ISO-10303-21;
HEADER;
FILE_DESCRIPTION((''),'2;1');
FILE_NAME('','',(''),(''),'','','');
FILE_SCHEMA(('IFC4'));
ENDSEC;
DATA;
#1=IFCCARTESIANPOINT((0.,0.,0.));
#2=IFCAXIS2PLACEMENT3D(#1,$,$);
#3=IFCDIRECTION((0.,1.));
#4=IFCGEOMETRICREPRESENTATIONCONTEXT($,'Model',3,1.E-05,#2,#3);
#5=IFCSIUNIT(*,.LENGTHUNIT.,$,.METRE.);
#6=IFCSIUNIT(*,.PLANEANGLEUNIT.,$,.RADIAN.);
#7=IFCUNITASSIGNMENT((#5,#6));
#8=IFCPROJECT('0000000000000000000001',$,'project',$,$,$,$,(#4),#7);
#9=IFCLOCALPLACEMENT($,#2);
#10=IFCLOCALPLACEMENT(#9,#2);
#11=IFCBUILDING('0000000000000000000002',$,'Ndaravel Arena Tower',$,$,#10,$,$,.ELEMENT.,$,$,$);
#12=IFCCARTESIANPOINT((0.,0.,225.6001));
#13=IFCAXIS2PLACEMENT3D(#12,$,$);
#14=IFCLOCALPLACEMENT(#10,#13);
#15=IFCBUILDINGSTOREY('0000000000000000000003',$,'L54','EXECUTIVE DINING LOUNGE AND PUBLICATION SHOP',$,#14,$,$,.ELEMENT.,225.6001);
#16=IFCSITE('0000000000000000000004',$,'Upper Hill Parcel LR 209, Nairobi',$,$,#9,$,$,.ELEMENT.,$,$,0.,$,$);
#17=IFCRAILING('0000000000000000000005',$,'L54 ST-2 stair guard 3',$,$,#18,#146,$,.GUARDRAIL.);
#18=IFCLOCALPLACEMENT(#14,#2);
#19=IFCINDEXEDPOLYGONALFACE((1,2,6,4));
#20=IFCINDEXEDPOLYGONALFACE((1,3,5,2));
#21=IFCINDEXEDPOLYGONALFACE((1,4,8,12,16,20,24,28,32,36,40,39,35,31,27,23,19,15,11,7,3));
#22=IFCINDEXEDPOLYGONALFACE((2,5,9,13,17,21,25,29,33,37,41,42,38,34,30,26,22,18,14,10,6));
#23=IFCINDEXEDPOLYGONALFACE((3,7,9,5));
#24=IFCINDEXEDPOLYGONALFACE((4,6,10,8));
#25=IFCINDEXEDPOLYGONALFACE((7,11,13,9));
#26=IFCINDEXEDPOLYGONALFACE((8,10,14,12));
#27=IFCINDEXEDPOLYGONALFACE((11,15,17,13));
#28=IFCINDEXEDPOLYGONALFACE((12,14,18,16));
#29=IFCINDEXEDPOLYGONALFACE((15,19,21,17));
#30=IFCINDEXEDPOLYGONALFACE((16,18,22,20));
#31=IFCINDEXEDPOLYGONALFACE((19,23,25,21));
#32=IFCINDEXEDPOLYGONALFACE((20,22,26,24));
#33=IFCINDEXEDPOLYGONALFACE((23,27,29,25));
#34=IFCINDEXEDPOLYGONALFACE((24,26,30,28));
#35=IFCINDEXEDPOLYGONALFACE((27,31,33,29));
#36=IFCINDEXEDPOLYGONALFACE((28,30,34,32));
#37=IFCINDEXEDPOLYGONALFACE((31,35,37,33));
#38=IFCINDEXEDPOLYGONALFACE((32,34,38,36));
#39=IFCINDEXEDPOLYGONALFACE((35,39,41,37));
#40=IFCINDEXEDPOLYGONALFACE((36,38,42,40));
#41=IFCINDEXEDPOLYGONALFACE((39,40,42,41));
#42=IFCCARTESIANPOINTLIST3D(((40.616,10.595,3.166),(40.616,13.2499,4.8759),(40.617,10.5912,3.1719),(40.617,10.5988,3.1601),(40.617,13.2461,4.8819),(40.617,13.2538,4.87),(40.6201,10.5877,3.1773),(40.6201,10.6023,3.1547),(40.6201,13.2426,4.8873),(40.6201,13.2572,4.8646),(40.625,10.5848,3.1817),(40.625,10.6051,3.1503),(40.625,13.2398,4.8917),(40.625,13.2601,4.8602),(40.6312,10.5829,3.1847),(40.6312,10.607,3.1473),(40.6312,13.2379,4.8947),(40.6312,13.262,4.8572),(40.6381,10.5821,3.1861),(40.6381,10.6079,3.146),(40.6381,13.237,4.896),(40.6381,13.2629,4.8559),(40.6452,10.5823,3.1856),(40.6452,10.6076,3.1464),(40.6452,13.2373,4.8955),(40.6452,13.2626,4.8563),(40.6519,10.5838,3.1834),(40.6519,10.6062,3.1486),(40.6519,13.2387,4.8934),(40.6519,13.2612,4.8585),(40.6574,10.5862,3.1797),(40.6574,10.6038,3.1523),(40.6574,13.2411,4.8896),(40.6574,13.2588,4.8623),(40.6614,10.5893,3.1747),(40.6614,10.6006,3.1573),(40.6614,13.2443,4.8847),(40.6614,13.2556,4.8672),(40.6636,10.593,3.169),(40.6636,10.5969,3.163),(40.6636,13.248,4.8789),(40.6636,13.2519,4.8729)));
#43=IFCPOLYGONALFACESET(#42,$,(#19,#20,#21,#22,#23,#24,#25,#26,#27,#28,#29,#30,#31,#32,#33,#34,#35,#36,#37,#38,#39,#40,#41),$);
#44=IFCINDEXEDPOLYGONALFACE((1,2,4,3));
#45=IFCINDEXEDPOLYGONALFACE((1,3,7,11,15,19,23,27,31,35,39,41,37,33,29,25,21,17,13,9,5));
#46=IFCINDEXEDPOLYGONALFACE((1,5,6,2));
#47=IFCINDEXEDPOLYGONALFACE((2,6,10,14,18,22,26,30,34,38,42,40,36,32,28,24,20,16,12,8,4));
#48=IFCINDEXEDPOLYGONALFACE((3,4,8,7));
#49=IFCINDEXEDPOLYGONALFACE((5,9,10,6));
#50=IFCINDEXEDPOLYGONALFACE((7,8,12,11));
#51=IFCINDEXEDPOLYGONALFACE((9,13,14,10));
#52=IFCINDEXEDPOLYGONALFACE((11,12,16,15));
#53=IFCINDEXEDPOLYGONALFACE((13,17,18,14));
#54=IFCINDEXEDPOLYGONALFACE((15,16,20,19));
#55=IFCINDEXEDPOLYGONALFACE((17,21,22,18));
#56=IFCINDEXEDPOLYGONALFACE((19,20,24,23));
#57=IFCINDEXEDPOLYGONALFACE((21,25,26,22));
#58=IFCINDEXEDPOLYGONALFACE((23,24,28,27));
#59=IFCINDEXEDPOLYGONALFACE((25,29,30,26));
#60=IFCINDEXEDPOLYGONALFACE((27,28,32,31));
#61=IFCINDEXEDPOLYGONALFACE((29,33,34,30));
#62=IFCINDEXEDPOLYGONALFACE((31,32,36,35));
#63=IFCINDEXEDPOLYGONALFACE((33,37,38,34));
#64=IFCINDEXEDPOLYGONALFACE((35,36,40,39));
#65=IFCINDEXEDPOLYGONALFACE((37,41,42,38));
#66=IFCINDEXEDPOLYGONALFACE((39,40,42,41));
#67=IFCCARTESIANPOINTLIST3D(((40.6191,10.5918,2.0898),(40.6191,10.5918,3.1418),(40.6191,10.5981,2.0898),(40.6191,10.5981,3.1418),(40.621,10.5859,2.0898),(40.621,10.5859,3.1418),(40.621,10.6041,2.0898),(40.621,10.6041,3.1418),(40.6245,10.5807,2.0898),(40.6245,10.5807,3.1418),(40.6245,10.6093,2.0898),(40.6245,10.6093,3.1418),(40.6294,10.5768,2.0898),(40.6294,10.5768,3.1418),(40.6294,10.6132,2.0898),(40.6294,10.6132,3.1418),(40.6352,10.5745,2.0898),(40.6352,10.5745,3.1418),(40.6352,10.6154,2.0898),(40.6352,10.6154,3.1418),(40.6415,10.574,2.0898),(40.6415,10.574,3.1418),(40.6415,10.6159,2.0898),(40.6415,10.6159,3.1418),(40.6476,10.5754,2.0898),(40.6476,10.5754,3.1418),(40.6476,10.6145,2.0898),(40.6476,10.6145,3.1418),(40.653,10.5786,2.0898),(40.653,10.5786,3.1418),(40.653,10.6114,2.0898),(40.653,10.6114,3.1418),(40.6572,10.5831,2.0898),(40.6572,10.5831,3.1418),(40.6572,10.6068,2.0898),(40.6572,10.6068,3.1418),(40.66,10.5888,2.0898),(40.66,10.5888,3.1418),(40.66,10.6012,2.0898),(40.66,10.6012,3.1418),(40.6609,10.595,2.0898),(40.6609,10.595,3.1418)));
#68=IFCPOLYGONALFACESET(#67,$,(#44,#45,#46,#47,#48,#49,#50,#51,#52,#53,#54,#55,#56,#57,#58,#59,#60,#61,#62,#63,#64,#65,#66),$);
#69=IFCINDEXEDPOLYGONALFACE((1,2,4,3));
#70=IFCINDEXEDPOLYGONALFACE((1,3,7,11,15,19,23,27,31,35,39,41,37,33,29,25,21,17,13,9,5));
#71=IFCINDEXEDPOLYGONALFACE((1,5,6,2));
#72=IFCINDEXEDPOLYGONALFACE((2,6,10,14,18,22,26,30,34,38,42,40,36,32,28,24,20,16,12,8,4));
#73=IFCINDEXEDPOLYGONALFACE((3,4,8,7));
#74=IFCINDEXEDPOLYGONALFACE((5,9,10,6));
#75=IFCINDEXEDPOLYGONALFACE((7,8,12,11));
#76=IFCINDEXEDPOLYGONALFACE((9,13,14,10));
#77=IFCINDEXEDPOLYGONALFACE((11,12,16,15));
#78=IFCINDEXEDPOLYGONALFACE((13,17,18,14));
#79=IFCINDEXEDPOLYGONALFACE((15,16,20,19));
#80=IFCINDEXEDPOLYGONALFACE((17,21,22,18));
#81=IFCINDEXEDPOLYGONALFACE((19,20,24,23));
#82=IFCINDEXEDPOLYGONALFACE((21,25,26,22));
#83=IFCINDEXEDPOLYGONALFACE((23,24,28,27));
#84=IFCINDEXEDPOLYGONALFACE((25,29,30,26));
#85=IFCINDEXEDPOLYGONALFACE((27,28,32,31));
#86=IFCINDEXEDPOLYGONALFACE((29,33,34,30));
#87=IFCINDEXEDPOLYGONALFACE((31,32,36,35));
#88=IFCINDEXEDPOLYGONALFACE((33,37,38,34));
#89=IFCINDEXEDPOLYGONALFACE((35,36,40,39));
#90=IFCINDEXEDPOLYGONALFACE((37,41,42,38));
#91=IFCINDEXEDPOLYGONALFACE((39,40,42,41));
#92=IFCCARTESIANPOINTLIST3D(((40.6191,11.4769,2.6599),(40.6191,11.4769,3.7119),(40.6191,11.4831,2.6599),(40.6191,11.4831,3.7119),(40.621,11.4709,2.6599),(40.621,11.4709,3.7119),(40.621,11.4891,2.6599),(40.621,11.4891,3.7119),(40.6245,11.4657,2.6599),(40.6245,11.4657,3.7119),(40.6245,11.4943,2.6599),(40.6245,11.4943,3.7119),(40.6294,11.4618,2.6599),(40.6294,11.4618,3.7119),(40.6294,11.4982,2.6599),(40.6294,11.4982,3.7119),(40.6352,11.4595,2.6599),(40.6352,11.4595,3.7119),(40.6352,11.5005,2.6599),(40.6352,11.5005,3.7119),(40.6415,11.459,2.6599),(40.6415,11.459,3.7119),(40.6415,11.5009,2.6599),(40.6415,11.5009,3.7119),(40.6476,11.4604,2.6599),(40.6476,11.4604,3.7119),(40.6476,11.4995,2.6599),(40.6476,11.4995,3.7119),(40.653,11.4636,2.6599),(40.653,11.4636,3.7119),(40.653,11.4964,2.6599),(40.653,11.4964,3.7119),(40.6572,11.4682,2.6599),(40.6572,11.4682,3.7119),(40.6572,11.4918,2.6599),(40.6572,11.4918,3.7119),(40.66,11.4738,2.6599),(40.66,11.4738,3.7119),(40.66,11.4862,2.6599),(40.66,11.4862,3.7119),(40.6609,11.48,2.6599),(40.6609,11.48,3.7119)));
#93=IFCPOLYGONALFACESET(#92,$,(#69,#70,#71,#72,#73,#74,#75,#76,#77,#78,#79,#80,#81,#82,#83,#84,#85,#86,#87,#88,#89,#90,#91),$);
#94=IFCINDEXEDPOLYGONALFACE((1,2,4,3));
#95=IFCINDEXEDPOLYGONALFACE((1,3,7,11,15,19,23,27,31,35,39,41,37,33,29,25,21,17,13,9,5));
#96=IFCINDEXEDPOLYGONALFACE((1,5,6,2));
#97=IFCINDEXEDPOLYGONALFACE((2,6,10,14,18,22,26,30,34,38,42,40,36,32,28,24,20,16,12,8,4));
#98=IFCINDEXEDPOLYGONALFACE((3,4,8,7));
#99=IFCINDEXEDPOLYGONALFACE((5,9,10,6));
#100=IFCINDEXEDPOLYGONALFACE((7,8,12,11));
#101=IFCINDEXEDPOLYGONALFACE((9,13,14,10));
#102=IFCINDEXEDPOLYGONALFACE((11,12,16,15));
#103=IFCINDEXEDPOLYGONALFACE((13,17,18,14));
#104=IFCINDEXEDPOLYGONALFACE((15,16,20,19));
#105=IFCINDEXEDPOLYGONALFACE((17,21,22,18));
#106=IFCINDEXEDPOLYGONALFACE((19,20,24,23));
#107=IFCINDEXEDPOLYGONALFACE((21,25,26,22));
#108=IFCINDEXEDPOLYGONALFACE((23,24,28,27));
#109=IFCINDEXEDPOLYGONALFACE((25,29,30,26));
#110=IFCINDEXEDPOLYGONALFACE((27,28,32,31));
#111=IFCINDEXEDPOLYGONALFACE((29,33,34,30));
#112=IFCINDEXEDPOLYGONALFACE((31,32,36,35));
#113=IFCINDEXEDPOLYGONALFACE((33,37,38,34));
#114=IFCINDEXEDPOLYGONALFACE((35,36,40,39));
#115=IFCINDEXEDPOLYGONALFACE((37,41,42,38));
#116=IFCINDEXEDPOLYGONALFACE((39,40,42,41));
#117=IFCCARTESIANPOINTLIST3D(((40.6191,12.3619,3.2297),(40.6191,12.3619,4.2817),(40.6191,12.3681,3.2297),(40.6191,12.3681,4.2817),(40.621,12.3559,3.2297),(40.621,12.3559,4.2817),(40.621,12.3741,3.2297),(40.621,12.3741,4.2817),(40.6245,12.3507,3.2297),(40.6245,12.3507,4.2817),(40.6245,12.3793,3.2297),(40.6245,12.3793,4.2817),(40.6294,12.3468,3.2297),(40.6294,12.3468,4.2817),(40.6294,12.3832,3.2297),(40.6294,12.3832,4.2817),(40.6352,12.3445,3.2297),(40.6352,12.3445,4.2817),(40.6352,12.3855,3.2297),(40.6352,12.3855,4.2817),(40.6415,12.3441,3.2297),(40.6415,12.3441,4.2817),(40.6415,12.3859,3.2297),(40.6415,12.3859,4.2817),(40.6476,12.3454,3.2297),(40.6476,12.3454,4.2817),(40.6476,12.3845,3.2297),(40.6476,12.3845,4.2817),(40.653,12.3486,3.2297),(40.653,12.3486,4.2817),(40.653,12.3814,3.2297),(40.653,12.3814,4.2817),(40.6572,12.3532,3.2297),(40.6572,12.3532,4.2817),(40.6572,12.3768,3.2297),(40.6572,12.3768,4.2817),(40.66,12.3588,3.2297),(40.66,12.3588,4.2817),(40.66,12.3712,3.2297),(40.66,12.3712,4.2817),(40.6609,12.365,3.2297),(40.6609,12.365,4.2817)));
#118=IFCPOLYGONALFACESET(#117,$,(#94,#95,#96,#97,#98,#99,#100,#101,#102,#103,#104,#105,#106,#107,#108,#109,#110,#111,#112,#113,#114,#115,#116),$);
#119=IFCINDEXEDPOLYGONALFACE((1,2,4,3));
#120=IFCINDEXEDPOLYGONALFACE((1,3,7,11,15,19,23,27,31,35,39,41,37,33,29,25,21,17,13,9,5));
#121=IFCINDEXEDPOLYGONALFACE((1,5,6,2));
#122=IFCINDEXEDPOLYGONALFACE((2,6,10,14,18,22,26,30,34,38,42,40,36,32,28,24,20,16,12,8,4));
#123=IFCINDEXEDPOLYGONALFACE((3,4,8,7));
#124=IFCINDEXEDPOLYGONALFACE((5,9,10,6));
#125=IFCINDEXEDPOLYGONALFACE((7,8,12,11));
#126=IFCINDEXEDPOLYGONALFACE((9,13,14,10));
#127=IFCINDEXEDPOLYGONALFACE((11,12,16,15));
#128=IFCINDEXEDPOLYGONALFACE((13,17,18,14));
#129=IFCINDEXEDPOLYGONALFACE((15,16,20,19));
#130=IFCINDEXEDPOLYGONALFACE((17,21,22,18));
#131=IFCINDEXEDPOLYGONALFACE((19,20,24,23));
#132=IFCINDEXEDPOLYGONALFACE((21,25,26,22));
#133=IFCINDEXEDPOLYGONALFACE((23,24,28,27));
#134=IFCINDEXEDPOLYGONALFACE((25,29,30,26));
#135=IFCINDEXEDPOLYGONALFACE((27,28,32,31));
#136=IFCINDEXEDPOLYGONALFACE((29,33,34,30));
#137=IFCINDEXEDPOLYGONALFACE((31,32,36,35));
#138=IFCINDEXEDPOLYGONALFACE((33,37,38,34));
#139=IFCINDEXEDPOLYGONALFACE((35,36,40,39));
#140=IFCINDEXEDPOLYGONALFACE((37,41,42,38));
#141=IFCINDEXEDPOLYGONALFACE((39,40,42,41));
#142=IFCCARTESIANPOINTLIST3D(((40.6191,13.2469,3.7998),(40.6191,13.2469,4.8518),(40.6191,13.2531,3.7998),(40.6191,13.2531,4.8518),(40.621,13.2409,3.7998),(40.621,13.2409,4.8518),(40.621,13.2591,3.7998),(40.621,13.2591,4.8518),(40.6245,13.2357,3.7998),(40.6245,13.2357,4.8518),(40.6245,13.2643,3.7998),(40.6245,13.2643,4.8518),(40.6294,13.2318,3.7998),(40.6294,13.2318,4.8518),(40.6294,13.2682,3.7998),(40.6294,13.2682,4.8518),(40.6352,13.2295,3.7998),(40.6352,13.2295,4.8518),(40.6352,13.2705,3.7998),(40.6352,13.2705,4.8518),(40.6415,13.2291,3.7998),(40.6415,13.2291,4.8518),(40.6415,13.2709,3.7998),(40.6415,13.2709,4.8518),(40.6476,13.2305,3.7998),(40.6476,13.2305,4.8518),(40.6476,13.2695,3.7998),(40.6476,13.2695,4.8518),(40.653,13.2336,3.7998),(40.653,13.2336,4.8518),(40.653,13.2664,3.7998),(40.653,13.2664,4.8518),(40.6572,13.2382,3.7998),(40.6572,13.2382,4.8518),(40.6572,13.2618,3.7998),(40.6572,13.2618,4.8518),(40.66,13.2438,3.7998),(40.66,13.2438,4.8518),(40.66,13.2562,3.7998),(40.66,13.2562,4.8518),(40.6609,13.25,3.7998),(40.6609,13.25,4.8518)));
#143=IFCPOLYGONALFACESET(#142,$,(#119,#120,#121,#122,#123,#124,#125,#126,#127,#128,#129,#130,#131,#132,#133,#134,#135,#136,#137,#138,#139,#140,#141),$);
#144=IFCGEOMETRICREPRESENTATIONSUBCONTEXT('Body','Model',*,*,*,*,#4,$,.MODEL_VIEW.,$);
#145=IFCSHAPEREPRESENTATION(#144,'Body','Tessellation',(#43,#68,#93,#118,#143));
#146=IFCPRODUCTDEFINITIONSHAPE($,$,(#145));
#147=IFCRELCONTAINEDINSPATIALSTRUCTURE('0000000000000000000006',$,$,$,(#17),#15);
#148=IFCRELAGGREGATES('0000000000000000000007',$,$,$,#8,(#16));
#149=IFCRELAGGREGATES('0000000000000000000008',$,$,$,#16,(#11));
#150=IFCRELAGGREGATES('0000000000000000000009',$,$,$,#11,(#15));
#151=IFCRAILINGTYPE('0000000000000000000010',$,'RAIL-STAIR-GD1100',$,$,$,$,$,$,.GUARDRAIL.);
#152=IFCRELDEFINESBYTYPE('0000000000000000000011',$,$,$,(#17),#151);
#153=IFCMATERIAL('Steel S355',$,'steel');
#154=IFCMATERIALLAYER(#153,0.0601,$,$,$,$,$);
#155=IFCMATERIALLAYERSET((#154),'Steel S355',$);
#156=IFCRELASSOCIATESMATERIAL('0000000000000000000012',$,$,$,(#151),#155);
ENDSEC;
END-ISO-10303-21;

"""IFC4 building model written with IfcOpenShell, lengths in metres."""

from ifc_helpers import new_model, si_unit, direction, frame, origin, origin_2d, place, context, subcontext, project, spatial, circle, extrude, material, layer, layer_set, type_object, element, save


model = new_model("IFC4")

# Units and contexts
model_context = context("Model", 3, precision=1e-05, world=origin(), true_north=direction((0.0, 1.0)))
body_context = subcontext(model_context, "Body", "Model", "MODEL_VIEW")
ifc_project = project(units=[si_unit("LENGTHUNIT", "METRE"), si_unit("PLANEANGLEUNIT", "RADIAN")], contexts=[model_context])

# Site, building, storey
site_placement = place(None, origin())
site = spatial("IfcSite", under=ifc_project, at=site_placement, Name="Upper Hill Parcel LR 209, Nairobi", CompositionType="ELEMENT", RefElevation=0.0)
building_placement = place(site_placement, origin())
building = spatial("IfcBuilding", under=site, at=building_placement, Name="Ndaravel Arena Tower", CompositionType="ELEMENT")
storey_placement = place(building_placement, frame((0.0, 0.0, 225.6001)))
storey = spatial("IfcBuildingStorey", under=building, at=storey_placement, Name="L54", Description="EXECUTIVE DINING LOUNGE AND PUBLICATION SHOP", CompositionType="ELEMENT", Elevation=225.6001)

# Railing
ifc_material_1 = material(Name="Steel S355", Category="steel")
ifc_layer_1 = layer(ifc_material_1, 0.0601)
ifc_layer_set_1 = layer_set([ifc_layer_1], Name="Steel S355")
railing_type_1 = type_object("IfcRailingType", Name="RAIL-STAIR-GD1100", PredefinedType="GUARDRAIL", material=ifc_layer_set_1)
railing_1_placement = place(storey_placement, frame((40.6399, 10.595, 2.0898)))
element("IfcRailing", 1, at=railing_1_placement, inside=storey, type_object=railing_type_1, Name="L54 ST-2 stair guard 3", PredefinedType="GUARDRAIL", context=body_context, shape_type="SweptSolid", body=[
    extrude(circle(Radius=0.0239, at=origin_2d()), frame((0.0, 0.0, 1.0762), z_axis=(0.0, 0.840724, 0.541465), x_axis=(-1.0, 0.0, 0.0)), (0.0, 0.0, 1.0), 3.158),
    extrude(circle(Radius=0.021, at=origin_2d()), origin(), (0.0, 0.0, 1.0), 1.052),
    extrude(circle(Radius=0.021, at=origin_2d()), frame((0.0, 0.885, 0.5701)), (0.0, 0.0, 1.0), 1.052),
    extrude(circle(Radius=0.021, at=origin_2d()), frame((0.0, 1.77, 1.1399)), (0.0, 0.0, 1.0), 1.052),
    extrude(circle(Radius=0.021, at=origin_2d()), frame((0.0, 2.655, 1.71)), (0.0, 0.0, 1.0), 1.052),
])

save(model, "model.ifc")
